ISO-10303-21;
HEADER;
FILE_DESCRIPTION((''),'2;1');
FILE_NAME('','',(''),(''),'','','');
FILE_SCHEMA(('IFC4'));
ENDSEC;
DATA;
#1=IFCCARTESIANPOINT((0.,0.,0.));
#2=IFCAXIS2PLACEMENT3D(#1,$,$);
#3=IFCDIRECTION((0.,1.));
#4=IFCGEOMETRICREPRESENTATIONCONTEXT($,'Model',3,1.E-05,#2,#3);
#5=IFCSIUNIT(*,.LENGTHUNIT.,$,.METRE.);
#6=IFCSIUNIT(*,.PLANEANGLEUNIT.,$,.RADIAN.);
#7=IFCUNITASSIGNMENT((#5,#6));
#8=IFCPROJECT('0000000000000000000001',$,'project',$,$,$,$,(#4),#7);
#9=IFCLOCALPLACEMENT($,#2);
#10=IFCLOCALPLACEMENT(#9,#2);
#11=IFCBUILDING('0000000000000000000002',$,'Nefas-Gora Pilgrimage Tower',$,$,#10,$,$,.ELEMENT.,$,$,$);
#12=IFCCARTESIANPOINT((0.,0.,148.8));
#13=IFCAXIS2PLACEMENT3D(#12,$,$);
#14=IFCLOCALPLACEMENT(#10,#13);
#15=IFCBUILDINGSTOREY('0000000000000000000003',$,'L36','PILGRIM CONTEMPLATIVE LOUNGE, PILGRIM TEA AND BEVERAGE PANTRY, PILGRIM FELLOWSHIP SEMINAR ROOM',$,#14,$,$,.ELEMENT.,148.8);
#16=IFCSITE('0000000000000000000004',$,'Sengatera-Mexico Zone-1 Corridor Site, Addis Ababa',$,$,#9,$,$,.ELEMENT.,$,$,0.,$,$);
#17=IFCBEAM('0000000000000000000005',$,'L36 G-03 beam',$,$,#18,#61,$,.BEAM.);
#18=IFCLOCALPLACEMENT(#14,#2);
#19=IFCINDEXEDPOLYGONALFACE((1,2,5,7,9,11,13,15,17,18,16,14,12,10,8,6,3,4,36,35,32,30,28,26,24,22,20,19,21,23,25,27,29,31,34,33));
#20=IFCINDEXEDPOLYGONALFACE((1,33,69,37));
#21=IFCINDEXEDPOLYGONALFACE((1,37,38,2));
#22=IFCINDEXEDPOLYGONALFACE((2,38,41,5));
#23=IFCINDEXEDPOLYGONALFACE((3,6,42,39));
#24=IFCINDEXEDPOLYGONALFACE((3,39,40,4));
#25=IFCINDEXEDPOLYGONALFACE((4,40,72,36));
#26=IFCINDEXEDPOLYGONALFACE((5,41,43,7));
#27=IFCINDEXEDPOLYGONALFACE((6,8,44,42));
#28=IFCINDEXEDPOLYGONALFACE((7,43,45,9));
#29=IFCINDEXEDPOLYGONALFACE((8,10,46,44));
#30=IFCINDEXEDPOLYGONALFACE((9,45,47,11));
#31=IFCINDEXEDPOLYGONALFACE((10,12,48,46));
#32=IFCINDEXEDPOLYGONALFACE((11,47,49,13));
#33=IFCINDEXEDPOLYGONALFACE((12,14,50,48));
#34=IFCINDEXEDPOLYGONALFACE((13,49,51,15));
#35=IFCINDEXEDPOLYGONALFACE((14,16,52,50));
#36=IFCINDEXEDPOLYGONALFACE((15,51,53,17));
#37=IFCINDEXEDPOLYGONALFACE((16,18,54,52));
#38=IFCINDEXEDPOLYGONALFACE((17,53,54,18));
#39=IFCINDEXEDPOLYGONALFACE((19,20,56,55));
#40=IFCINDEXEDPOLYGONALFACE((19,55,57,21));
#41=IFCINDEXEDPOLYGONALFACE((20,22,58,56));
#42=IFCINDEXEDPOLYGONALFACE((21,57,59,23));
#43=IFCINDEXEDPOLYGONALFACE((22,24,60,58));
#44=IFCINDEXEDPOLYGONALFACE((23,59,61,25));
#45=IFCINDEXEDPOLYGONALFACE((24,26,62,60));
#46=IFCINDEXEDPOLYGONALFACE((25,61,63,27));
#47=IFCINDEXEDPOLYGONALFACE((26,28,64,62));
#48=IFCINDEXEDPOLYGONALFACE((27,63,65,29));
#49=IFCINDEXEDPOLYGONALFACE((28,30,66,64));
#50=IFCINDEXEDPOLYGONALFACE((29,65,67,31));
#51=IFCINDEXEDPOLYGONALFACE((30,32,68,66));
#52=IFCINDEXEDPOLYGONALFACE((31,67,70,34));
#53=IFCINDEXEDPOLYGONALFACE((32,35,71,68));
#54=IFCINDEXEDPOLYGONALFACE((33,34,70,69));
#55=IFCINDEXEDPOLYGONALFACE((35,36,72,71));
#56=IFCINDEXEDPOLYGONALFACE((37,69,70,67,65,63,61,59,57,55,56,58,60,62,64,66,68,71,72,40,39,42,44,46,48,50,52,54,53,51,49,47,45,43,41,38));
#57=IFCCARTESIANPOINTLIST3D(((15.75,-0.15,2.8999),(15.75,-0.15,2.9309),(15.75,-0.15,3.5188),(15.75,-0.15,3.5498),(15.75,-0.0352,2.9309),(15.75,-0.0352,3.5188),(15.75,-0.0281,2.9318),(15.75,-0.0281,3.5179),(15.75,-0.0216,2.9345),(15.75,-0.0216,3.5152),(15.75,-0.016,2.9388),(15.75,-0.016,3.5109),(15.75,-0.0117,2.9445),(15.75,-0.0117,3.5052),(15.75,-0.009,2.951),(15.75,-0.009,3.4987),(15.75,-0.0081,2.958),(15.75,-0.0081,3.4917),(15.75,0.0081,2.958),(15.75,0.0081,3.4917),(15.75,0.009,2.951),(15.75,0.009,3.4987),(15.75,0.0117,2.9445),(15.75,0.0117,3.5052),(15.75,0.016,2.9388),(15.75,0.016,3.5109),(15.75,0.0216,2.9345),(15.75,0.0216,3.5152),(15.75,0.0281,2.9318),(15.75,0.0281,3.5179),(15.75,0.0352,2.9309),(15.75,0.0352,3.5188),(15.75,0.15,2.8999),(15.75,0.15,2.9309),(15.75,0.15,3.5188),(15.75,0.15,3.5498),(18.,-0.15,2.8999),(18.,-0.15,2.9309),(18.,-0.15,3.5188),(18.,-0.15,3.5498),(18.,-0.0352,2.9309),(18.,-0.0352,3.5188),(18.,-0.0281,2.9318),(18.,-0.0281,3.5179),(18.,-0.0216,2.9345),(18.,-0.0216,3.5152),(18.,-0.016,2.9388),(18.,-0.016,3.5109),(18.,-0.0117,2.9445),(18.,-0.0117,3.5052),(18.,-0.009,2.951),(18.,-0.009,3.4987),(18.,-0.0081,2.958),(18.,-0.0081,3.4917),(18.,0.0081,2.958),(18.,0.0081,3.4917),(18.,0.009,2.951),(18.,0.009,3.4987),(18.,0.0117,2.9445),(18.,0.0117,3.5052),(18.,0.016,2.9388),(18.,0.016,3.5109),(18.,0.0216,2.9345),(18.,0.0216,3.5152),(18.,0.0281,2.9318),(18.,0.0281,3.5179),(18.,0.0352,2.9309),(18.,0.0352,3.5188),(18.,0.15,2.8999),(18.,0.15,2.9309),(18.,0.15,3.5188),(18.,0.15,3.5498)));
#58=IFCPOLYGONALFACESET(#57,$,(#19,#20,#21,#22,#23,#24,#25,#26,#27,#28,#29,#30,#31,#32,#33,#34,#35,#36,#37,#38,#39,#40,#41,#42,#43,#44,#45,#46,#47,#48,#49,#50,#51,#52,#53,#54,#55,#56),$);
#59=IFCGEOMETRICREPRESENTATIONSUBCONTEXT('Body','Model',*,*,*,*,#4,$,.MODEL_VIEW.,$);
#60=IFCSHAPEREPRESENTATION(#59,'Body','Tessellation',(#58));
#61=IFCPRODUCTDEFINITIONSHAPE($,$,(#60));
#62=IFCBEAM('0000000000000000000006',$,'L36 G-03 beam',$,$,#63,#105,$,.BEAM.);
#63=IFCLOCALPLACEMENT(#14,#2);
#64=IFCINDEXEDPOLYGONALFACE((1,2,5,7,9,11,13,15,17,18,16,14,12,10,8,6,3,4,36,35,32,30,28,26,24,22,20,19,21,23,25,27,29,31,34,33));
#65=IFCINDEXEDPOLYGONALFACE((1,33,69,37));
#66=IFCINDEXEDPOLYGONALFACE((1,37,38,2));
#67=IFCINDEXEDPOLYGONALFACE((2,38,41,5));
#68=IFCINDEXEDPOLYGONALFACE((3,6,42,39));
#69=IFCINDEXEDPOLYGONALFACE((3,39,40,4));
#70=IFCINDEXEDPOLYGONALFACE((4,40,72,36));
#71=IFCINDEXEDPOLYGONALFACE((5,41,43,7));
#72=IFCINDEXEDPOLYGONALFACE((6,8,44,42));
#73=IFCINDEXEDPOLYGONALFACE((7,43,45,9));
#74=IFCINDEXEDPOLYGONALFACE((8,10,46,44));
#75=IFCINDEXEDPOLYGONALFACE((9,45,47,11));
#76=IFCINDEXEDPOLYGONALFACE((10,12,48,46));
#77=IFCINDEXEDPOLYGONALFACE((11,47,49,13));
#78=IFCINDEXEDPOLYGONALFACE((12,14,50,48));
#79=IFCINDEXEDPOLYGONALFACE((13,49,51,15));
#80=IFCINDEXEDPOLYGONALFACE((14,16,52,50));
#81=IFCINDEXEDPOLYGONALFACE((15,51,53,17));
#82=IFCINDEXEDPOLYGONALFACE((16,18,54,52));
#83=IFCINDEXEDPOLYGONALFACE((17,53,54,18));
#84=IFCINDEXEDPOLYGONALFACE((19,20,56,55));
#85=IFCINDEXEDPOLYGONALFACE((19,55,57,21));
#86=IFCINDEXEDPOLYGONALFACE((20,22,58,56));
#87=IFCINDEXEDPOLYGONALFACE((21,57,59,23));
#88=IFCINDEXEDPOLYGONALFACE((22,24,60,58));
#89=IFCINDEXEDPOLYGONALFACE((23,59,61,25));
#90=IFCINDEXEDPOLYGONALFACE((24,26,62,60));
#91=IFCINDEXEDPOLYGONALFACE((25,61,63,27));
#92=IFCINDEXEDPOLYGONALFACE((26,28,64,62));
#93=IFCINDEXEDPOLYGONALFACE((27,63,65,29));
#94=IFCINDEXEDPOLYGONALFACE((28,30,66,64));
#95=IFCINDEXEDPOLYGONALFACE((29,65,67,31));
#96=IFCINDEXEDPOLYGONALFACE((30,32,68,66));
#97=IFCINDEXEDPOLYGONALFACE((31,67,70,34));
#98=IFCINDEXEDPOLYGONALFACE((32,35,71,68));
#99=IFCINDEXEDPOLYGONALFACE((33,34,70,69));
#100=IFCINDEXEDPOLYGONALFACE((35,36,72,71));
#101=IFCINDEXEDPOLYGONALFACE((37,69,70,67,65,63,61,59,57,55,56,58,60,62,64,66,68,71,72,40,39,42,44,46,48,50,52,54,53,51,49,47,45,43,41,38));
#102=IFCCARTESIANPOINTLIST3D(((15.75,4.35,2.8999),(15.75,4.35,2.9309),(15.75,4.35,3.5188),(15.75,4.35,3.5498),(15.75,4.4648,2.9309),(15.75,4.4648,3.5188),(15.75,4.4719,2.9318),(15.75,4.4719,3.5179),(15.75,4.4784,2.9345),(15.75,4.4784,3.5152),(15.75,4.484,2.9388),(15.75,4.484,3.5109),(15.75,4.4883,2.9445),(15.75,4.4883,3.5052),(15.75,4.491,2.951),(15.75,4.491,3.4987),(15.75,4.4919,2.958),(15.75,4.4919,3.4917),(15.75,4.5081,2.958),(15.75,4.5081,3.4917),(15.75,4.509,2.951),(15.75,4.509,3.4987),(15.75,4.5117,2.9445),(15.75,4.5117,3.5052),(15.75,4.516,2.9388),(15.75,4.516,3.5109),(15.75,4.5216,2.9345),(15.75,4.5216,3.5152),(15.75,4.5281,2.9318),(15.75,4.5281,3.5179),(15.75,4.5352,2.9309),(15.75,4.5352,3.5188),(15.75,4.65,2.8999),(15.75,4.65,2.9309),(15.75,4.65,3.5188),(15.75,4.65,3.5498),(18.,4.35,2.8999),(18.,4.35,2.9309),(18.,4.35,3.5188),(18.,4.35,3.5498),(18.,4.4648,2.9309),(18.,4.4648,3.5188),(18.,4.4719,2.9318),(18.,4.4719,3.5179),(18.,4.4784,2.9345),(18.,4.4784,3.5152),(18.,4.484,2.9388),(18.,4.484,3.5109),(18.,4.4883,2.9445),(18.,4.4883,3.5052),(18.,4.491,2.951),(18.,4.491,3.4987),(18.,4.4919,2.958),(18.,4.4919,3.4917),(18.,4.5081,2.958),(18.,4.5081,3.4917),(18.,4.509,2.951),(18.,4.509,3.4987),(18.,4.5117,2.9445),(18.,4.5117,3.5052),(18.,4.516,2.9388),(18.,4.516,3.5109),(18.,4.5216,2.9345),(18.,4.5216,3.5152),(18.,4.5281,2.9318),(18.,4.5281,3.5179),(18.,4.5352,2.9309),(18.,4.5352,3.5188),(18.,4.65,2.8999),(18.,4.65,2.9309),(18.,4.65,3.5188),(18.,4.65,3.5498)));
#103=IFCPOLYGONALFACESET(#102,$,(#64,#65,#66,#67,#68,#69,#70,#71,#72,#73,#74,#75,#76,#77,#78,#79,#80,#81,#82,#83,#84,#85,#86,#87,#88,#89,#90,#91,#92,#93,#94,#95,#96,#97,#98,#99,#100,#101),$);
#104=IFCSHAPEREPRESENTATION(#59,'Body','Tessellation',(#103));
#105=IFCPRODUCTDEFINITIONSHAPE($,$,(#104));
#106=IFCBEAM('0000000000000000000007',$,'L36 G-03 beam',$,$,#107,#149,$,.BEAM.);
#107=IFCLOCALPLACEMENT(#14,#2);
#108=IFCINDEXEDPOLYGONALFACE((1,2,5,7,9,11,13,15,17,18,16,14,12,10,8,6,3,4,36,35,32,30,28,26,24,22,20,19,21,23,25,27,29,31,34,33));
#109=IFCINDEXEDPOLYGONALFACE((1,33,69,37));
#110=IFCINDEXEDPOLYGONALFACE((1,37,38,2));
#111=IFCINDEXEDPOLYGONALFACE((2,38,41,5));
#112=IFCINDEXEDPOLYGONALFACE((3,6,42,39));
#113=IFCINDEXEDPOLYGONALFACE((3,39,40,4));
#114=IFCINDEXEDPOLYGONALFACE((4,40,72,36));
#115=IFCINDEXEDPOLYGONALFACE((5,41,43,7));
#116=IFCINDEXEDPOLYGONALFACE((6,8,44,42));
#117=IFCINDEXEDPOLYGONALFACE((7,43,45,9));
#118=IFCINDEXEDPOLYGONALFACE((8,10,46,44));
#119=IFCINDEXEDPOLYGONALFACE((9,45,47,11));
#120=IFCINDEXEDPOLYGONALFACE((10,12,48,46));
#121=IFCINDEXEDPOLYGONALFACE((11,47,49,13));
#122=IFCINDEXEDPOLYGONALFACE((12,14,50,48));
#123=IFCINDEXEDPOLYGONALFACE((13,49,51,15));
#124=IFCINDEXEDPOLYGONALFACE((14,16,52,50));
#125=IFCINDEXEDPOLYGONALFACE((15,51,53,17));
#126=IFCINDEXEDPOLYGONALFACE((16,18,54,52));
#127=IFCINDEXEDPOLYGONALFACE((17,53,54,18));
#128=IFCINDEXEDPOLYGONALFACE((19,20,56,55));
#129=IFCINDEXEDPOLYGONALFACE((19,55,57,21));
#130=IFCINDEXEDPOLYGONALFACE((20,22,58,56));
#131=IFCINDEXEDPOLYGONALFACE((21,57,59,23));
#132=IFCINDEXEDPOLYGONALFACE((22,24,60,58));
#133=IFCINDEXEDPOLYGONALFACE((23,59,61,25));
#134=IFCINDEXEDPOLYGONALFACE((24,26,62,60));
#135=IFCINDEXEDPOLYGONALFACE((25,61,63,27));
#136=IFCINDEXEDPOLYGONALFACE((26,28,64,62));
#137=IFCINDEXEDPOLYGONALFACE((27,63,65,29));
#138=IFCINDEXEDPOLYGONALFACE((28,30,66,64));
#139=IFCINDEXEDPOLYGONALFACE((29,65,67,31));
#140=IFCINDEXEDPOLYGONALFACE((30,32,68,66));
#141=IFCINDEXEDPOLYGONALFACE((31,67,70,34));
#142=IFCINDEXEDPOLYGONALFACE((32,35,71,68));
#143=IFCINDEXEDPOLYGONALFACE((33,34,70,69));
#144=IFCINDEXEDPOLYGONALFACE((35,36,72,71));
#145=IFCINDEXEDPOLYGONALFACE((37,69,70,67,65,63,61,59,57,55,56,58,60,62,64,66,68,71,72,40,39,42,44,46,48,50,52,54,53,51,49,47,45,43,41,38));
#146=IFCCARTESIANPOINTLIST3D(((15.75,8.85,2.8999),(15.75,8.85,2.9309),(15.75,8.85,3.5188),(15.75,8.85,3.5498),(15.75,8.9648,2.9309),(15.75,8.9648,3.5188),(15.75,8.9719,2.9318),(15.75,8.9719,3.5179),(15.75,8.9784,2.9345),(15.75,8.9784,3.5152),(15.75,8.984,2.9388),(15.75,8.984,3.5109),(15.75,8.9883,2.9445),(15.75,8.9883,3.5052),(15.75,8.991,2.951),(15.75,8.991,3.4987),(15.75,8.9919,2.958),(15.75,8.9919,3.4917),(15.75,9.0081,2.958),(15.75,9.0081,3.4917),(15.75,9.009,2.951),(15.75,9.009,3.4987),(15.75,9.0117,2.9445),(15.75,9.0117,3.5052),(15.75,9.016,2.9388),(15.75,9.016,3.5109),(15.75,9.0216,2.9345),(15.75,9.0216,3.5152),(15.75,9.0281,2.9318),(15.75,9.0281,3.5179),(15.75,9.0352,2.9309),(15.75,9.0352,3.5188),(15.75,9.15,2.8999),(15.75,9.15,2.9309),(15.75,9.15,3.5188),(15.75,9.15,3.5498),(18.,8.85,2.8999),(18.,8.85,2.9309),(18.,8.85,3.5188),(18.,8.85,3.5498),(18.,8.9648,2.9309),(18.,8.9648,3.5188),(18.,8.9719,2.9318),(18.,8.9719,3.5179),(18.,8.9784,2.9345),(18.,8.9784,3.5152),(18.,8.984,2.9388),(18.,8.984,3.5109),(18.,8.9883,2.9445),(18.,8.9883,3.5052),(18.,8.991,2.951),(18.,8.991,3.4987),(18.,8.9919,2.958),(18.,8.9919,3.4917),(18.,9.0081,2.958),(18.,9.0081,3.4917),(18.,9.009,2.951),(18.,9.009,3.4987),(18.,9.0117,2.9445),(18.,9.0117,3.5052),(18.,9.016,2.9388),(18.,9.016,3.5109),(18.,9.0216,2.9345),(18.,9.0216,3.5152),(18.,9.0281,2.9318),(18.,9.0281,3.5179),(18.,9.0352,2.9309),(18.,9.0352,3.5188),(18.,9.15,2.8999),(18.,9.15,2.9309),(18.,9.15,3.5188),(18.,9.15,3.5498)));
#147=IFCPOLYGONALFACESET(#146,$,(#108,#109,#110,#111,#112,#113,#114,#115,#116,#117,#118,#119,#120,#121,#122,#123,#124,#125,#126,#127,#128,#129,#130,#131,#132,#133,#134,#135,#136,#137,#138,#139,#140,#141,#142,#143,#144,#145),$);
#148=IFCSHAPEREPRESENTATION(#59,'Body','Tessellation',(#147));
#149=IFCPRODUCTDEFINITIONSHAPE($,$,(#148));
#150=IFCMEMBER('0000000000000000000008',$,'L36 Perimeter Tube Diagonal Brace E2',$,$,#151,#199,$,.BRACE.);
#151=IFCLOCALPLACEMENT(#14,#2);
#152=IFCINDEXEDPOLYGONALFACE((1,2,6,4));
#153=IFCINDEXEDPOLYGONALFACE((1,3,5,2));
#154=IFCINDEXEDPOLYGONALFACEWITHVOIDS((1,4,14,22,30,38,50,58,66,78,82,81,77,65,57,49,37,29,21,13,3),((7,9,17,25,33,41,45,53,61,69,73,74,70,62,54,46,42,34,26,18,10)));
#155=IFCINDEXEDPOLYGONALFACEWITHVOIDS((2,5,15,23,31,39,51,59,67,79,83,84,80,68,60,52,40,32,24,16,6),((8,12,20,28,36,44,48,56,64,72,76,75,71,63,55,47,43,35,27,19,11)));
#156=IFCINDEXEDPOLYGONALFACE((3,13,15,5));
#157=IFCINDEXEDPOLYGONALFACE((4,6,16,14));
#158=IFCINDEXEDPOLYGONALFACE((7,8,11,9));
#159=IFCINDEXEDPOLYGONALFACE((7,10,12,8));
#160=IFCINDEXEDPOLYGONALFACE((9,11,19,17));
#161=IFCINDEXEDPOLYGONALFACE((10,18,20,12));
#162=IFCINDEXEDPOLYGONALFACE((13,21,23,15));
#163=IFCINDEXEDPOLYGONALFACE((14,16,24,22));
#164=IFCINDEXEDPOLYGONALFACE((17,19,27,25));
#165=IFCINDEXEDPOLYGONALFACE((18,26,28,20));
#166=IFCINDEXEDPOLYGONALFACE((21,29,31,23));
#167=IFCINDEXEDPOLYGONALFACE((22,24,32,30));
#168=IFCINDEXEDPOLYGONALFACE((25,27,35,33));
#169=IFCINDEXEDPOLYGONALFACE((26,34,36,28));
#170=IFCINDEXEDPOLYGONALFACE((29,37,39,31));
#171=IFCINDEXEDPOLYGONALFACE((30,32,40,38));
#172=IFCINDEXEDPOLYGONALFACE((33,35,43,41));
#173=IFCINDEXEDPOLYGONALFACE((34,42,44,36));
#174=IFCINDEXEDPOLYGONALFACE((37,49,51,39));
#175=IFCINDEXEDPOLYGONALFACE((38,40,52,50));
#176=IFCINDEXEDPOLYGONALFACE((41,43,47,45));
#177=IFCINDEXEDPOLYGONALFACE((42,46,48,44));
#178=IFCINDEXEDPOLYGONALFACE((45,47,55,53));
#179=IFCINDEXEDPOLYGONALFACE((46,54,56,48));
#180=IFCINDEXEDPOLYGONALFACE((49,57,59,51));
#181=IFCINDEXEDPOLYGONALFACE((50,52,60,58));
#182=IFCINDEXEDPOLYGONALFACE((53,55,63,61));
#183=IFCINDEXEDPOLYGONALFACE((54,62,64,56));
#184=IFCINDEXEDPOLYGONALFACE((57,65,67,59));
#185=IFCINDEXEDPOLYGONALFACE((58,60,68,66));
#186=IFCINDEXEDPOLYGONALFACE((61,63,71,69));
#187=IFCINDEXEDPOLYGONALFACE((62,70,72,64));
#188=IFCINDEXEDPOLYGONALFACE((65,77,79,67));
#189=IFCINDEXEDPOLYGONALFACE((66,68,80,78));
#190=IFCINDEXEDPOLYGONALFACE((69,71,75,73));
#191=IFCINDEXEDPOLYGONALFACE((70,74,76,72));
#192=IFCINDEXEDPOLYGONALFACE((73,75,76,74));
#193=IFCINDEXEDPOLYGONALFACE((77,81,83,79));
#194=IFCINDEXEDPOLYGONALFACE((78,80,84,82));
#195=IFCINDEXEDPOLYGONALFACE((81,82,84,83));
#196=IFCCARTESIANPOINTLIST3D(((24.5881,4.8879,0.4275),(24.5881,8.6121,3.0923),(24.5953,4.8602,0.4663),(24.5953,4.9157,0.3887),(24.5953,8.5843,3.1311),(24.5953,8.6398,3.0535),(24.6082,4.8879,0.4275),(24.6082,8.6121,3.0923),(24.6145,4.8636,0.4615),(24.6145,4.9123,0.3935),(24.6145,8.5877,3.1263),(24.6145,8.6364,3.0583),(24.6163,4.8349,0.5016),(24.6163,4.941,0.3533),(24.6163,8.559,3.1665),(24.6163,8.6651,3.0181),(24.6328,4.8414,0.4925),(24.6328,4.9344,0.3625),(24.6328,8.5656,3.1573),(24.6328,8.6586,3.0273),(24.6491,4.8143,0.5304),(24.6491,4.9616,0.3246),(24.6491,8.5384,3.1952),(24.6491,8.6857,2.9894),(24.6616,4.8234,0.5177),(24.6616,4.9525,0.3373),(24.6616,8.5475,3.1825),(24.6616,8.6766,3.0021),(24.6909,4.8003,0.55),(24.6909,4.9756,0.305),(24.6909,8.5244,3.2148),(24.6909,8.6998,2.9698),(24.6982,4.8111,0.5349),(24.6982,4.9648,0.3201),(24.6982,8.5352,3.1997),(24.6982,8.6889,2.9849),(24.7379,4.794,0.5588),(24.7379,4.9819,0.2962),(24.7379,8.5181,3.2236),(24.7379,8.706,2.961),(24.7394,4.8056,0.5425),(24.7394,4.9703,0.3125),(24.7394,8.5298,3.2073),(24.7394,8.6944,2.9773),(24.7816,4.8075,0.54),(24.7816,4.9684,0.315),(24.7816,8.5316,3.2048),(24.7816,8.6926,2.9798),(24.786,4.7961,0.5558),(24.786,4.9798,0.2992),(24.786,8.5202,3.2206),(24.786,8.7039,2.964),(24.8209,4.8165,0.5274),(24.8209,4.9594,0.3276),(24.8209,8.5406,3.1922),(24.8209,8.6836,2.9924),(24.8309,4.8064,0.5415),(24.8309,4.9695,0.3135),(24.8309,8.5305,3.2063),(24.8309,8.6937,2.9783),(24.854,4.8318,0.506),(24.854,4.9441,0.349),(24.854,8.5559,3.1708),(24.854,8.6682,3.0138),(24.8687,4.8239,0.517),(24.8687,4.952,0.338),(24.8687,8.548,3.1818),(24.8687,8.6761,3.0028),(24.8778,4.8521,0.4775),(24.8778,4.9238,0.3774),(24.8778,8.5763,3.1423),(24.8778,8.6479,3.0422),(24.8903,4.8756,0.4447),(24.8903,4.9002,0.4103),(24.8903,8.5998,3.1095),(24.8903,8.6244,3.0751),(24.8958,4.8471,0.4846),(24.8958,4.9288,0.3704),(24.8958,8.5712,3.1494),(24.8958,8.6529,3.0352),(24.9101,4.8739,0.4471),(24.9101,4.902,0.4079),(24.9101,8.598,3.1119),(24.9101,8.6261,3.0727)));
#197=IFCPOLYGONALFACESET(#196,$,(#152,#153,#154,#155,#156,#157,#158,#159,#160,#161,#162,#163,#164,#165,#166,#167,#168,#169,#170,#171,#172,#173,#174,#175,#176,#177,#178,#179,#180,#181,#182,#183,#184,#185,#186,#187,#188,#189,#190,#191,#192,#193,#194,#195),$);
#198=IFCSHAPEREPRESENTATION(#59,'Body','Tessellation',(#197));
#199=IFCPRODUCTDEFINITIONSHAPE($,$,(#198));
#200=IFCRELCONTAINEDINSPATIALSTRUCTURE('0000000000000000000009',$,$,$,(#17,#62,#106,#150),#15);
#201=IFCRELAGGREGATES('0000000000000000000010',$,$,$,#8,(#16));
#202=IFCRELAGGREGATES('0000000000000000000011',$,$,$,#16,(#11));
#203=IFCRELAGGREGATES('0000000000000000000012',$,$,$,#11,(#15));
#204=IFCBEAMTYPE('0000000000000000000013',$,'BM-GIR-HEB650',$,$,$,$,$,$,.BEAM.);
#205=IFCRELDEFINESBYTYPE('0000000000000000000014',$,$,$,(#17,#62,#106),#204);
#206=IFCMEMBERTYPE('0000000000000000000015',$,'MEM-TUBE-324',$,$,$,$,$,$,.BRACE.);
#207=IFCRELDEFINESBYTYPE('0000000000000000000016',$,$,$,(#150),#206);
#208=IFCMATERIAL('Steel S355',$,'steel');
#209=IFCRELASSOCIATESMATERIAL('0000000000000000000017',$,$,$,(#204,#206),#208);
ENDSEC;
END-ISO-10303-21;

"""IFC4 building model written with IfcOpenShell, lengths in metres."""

from ifc_helpers import new_model, si_unit, direction, frame, origin, origin_2d, place, context, subcontext, project, spatial, hollow_circle, i_section, extrude, source, transform, mapped, material, material_profile, profile_set, type_object, element, save


model = new_model("IFC4")

# Units and contexts
model_context = context("Model", 3, precision=1e-05, world=origin(), true_north=direction((0.0, 1.0)))
body_context = subcontext(model_context, "Body", "Model", "MODEL_VIEW")
ifc_project = project(units=[si_unit("LENGTHUNIT", "METRE"), si_unit("PLANEANGLEUNIT", "RADIAN")], contexts=[model_context])

# Site, building, storey
site_placement = place(None, origin())
site = spatial("IfcSite", under=ifc_project, at=site_placement, Name="Sengatera-Mexico Zone-1 Corridor Site, Addis Ababa", CompositionType="ELEMENT", RefElevation=0.0)
building_placement = place(site_placement, origin())
building = spatial("IfcBuilding", under=site, at=building_placement, Name="Nefas-Gora Pilgrimage Tower", CompositionType="ELEMENT")
storey_placement = place(building_placement, frame((0.0, 0.0, 148.8)))
storey = spatial("IfcBuildingStorey", under=building, at=storey_placement, Name="L36", Description="PILGRIM CONTEMPLATIVE LOUNGE, PILGRIM TEA AND BEVERAGE PANTRY, PILGRIM FELLOWSHIP SEMINAR ROOM", CompositionType="ELEMENT", Elevation=148.8)

# Beams
ifc_material_1 = material(Name="Steel S355", Category="steel")
ifc_material_profile_1 = material_profile(ifc_material_1, i_section(OverallWidth=0.3, OverallDepth=0.6499, WebThickness=0.0161, FlangeThickness=0.031, FilletRadius=0.0271, at=origin_2d()), Name="HEB 650")
ifc_profile_set_1 = profile_set([ifc_material_profile_1], Name="Steel S355")
beam_type_1 = type_object("IfcBeamType", Name="BM-GIR-HEB650", PredefinedType="BEAM", material=ifc_profile_set_1)
shared_shape_1 = source(origin(), body_context, "Body", "SweptSolid", [
    extrude(i_section(OverallWidth=0.3, OverallDepth=0.6499, WebThickness=0.0161, FlangeThickness=0.031, FilletRadius=0.0271, at=origin_2d()), origin(), (0.0, 0.0, 1.0), 2.25),
])
for number, where, z_axis, x_axis, name in (
    (1, (15.75, 0.0, 3.2249), (1.0, 0.0, 0.0), (0.0, 1.0, 0.0), "L36 G-03 beam"),
    (2, (15.75, 4.5, 3.2249), (1.0, 0.0, 0.0), (0.0, 1.0, 0.0), "L36 G-03 beam"),
    (3, (15.75, 9.0, 3.2249), (1.0, 0.0, 0.0), (0.0, 1.0, 0.0), "L36 G-03 beam"),
):
    element("IfcBeam", number, at=place(storey_placement, frame(where, z_axis=z_axis, x_axis=x_axis)), inside=storey, type_object=beam_type_1, Name=name, PredefinedType="BEAM", context=body_context, shape_type="MappedRepresentation", body=[
        mapped(shared_shape_1, transform((0.0, 0.0, 0.0), x_axis=(1.0, 0.0, 0.0), y_axis=(0.0, 1.0, 0.0), z_axis=(0.0, 0.0, 1.0), scale=1.0)),
    ])

# Member
ifc_material_profile_2 = material_profile(ifc_material_1, hollow_circle(Radius=0.1619, WallThickness=0.02, at=origin_2d()), Name="CHS 323.9x20")
ifc_profile_set_2 = profile_set([ifc_material_profile_2], Name="Steel S355")
member_type_1 = type_object("IfcMemberType", Name="MEM-TUBE-324", PredefinedType="BRACE", material=ifc_profile_set_2)
shared_shape_2 = source(origin(), body_context, "Body", "SweptSolid", [
    extrude(hollow_circle(Radius=0.1619, WallThickness=0.02, at=origin_2d()), origin(), (0.0, 0.0, 1.0), 4.5793),
])
member_1_placement = place(storey_placement, frame((24.75, 4.8879, 0.4275), z_axis=(0.0, 0.813247, 0.581919), x_axis=(-1.0, 0.0, 0.0)))
element("IfcMember", 4, at=member_1_placement, inside=storey, type_object=member_type_1, Name="L36 Perimeter Tube Diagonal Brace E2", PredefinedType="BRACE", context=body_context, shape_type="MappedRepresentation", body=[
    mapped(shared_shape_2, transform((0.0, 0.0, 0.0), x_axis=(1.0, 0.0, 0.0), y_axis=(0.0, 1.0, 0.0), z_axis=(0.0, 0.0, 1.0), scale=1.0)),
])

save(model, "model.ifc")
